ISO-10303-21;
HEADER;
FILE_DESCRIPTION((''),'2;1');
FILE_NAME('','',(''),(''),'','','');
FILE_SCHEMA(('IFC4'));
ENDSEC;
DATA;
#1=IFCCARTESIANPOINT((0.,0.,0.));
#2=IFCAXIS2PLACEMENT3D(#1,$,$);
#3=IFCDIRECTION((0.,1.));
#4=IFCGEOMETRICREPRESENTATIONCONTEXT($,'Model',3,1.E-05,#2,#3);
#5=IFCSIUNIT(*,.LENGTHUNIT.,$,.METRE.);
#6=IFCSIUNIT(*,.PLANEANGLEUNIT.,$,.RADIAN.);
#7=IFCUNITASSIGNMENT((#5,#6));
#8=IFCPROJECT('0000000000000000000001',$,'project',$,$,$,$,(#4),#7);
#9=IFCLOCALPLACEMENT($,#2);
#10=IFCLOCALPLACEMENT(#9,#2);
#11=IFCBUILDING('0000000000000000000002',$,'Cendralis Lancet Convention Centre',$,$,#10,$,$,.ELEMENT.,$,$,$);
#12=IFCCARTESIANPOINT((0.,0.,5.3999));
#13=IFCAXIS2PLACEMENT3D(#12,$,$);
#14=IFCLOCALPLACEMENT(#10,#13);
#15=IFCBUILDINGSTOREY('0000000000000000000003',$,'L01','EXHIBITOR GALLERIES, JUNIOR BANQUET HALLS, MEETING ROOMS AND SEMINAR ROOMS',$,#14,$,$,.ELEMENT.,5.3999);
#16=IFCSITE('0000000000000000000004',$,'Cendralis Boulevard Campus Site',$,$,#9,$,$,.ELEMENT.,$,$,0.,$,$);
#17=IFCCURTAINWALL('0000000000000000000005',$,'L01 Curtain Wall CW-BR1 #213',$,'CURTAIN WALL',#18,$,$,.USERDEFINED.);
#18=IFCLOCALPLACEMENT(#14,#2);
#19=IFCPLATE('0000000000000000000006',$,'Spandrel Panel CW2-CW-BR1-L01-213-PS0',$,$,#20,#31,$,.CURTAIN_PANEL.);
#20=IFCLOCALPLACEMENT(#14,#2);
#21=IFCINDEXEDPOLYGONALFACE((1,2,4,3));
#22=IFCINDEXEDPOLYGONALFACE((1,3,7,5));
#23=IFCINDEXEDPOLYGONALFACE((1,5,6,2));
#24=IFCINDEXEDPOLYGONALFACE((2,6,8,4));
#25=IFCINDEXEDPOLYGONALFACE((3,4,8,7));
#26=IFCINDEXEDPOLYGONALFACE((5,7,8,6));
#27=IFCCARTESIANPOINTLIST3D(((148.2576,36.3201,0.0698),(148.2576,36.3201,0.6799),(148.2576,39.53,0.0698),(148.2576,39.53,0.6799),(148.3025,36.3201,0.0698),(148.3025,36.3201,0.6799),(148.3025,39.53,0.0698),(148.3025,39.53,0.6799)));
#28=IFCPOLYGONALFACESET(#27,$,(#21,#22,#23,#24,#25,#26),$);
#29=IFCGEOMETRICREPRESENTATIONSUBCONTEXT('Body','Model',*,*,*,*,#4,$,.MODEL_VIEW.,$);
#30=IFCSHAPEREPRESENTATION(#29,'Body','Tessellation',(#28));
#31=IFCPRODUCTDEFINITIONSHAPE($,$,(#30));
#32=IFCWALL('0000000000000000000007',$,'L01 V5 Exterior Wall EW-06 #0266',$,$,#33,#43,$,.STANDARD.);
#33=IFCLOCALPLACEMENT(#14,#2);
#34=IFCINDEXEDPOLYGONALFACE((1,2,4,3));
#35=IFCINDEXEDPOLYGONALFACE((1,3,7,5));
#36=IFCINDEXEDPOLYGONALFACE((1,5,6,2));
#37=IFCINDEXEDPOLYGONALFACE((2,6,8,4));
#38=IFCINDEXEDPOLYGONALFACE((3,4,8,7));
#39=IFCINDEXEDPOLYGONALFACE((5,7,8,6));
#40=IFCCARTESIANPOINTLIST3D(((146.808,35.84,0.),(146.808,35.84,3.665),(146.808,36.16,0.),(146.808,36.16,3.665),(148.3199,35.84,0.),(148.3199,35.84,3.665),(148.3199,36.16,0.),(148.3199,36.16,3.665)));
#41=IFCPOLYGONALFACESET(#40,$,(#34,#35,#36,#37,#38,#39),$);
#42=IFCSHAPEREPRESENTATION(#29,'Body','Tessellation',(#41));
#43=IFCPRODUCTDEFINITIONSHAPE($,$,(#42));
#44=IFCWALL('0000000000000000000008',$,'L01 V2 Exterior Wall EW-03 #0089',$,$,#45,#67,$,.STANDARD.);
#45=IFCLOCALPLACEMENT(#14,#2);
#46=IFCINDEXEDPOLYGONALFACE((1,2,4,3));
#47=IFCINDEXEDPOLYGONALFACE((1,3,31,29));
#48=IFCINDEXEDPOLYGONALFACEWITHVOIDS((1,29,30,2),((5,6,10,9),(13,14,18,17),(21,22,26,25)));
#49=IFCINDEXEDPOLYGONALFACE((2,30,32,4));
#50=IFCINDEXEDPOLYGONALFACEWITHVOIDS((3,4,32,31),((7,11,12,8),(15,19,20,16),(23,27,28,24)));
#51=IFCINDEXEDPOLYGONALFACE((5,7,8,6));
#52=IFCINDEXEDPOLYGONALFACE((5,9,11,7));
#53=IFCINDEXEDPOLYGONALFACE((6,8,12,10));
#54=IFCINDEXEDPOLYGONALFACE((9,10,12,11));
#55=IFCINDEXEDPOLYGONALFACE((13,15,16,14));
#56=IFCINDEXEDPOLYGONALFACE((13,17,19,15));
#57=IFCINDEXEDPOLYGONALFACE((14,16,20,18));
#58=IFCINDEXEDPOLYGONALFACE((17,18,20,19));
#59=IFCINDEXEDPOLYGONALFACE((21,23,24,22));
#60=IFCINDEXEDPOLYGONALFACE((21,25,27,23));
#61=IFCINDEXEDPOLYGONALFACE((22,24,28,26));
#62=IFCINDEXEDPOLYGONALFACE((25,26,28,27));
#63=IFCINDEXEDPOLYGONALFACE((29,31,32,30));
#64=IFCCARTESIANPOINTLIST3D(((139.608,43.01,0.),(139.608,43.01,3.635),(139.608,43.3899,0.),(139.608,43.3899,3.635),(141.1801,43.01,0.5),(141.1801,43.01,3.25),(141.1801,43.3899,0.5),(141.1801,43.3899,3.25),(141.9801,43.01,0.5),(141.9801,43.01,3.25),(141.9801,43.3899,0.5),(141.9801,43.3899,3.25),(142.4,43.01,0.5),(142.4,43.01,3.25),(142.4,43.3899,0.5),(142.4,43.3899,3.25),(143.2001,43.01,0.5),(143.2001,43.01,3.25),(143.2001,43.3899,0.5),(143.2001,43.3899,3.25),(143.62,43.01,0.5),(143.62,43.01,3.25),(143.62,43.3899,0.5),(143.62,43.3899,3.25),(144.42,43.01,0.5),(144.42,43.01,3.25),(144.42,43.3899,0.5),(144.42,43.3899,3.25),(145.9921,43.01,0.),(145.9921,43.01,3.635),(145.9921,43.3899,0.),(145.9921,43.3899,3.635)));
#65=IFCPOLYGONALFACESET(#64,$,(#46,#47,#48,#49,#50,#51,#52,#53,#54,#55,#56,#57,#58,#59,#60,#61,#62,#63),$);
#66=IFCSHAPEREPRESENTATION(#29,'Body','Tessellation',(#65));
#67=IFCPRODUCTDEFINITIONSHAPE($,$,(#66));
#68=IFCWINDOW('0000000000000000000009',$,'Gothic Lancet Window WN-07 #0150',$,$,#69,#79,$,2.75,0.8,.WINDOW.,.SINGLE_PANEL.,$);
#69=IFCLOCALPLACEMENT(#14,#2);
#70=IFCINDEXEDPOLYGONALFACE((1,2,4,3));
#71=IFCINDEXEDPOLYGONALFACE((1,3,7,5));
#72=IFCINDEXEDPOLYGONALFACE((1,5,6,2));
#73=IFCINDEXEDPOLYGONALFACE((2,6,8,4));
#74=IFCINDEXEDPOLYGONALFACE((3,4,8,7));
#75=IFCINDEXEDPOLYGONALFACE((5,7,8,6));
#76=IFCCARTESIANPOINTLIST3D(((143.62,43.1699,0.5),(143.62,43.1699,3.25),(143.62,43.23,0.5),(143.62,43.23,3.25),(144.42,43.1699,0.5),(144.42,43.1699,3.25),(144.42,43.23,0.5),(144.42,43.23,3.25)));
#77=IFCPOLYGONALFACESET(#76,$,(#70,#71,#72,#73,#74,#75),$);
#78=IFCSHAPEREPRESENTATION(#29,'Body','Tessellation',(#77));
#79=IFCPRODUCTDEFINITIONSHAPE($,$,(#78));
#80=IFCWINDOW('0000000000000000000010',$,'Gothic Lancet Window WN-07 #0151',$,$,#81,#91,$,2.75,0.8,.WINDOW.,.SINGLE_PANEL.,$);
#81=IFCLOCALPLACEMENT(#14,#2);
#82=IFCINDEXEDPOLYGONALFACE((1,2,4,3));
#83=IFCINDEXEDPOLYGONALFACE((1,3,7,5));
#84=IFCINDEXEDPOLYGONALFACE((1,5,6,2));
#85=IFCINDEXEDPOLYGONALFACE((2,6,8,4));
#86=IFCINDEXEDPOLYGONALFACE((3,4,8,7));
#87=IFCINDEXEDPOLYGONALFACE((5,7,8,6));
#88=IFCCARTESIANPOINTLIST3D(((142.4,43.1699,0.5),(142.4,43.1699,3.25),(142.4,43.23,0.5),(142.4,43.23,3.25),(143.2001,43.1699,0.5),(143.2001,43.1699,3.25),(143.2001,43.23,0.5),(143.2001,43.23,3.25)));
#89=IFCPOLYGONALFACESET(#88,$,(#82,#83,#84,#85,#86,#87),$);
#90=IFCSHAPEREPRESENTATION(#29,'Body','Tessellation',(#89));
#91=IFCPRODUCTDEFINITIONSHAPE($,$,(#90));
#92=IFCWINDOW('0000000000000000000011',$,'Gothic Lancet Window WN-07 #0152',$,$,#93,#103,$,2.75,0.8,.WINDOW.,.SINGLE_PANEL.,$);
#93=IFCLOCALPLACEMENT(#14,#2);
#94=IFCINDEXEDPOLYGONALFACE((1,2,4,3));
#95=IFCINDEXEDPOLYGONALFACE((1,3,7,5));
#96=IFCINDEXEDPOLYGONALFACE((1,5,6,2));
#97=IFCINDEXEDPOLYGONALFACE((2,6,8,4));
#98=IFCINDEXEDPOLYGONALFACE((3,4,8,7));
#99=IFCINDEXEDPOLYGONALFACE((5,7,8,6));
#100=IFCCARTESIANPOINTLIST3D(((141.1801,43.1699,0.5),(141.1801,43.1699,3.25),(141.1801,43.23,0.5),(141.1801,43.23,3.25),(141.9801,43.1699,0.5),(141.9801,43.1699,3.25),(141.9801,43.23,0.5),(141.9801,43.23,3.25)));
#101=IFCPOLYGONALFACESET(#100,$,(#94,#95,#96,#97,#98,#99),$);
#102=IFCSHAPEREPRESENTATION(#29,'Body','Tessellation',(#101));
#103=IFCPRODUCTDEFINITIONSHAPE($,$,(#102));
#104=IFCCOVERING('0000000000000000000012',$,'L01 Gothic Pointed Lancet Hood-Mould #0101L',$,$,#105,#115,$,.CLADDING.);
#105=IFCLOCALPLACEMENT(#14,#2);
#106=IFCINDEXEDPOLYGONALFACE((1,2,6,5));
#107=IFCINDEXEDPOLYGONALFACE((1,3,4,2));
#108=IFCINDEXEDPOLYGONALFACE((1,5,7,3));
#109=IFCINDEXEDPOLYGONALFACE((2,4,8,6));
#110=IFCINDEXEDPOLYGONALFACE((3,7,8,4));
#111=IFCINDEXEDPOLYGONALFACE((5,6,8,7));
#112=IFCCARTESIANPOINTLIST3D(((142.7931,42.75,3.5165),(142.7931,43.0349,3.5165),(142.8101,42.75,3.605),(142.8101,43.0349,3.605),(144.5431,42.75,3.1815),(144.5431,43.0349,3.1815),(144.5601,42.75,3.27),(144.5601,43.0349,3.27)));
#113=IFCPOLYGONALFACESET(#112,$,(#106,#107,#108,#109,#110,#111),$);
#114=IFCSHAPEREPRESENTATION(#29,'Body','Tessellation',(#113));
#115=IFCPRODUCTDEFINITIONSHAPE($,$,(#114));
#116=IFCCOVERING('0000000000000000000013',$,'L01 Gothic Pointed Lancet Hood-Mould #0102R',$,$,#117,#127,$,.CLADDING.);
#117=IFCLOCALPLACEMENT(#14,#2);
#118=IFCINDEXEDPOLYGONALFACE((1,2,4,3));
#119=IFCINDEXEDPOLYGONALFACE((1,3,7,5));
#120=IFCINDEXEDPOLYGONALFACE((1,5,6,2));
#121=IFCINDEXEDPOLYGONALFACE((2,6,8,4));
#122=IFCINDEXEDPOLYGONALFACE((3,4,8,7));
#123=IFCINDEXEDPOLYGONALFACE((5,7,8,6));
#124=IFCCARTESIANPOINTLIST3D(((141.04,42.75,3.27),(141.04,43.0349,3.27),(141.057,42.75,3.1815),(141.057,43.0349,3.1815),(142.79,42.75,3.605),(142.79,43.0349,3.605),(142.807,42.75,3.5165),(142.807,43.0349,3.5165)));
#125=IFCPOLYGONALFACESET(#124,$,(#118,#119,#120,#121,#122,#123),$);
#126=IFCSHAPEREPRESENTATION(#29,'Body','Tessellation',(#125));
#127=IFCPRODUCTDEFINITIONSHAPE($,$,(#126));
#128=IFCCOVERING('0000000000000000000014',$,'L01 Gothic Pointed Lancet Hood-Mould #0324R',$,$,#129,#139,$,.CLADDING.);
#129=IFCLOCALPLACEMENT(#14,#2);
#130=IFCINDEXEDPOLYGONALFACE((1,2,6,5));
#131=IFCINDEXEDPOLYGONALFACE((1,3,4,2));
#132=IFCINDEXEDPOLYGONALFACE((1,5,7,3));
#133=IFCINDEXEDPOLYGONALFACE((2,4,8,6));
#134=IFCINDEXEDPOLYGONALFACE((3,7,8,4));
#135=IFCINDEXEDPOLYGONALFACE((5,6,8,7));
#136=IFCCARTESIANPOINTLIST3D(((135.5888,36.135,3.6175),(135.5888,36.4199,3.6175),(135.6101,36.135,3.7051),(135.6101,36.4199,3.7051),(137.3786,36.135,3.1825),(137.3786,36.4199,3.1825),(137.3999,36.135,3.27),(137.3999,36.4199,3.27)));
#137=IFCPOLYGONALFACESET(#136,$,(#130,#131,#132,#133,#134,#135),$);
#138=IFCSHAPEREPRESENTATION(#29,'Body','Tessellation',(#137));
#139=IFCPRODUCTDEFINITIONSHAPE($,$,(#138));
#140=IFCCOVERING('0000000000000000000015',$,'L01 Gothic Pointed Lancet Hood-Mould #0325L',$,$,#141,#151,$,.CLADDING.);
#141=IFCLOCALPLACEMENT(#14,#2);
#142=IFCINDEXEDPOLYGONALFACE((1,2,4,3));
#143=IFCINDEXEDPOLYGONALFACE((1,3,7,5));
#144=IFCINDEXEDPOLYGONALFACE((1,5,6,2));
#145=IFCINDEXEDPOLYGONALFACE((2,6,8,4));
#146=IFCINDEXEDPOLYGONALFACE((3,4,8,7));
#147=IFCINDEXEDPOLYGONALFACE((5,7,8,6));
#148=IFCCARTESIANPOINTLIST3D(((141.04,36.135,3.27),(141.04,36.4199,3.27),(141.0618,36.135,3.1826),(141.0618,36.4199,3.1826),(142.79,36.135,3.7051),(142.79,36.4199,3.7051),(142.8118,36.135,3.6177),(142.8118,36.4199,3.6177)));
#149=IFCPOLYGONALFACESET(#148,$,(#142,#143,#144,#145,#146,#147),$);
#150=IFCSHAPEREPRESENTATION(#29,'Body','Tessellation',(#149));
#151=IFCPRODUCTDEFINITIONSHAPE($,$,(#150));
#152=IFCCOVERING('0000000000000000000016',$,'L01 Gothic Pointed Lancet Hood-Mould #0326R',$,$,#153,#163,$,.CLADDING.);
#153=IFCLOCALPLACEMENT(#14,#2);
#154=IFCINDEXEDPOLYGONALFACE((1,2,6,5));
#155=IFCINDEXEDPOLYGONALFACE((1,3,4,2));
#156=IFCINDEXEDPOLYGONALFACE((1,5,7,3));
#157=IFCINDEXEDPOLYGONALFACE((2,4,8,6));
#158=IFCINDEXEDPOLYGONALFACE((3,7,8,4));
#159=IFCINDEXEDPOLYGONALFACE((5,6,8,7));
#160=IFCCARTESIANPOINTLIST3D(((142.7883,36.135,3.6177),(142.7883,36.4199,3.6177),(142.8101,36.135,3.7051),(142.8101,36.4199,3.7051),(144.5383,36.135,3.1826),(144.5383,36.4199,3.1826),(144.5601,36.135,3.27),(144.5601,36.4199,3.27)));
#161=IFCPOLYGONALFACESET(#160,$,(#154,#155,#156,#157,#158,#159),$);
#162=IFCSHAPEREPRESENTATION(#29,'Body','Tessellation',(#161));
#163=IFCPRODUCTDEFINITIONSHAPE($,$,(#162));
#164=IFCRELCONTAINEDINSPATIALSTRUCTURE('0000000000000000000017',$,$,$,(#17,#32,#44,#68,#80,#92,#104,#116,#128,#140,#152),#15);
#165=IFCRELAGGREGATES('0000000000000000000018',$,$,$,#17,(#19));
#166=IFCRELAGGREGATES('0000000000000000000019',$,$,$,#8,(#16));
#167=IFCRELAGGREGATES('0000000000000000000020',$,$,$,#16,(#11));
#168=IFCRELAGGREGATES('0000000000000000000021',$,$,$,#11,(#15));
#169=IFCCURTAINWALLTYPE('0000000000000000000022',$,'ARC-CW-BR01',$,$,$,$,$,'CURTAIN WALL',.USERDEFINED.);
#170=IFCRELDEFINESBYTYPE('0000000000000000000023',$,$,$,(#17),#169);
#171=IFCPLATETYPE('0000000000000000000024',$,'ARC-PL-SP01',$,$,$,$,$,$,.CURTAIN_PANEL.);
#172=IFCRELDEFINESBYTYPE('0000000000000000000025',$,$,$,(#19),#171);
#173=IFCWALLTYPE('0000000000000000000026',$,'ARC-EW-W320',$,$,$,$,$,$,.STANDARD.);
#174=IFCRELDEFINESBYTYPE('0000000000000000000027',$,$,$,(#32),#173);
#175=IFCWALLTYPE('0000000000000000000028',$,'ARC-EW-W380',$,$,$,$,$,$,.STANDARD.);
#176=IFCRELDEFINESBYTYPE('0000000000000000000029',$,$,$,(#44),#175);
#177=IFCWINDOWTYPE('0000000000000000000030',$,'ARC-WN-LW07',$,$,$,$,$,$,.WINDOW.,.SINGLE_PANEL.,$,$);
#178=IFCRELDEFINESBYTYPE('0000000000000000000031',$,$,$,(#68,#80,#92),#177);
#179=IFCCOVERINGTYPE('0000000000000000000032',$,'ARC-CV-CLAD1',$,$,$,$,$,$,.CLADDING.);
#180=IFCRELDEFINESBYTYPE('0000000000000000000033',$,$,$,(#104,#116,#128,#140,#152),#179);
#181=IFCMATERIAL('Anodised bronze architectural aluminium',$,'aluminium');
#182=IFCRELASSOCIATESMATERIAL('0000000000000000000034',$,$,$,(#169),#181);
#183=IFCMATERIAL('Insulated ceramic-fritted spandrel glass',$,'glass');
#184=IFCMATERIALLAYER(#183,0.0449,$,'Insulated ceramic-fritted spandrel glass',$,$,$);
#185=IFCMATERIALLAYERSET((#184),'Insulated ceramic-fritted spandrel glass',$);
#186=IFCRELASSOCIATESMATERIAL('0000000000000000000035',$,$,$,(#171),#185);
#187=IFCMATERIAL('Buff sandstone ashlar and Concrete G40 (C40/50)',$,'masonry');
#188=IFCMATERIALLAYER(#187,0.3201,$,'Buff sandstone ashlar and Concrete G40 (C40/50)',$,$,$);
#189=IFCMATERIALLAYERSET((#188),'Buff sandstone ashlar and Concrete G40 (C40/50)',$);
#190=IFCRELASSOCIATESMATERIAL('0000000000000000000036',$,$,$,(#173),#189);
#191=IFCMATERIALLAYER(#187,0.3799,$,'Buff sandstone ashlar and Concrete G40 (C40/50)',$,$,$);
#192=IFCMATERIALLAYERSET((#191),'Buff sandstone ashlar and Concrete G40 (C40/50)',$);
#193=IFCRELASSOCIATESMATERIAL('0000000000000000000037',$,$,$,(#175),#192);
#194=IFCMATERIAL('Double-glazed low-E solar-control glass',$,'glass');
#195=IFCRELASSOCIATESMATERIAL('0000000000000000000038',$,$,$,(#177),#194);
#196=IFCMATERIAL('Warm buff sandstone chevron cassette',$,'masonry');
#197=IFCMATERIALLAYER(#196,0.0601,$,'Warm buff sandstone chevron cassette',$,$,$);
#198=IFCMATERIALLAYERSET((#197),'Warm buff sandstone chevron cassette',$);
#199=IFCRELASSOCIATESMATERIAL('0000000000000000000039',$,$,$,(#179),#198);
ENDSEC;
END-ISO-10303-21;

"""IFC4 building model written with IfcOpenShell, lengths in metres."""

from ifc_helpers import new_model, si_unit, direction, frame, frame_2d, origin, origin_2d, place, context, subcontext, project, spatial, polyline, rectangle, outline, extrude, material, layer, layer_set, type_object, element, fill, aggregate, save


model = new_model("IFC4")

# Units and contexts
model_context = context("Model", 3, precision=1e-05, world=origin(), true_north=direction((0.0, 1.0)))
body_context = subcontext(model_context, "Body", "Model", "MODEL_VIEW")
ifc_project = project(units=[si_unit("LENGTHUNIT", "METRE"), si_unit("PLANEANGLEUNIT", "RADIAN")], contexts=[model_context])

# Site, building, storey
site_placement = place(None, origin())
site = spatial("IfcSite", under=ifc_project, at=site_placement, Name="Cendralis Boulevard Campus Site", CompositionType="ELEMENT", RefElevation=0.0)
building_placement = place(site_placement, origin())
building = spatial("IfcBuilding", under=site, at=building_placement, Name="Cendralis Lancet Convention Centre", CompositionType="ELEMENT")
storey_placement = place(building_placement, frame((0.0, 0.0, 5.3999)))
storey = spatial("IfcBuildingStorey", under=building, at=storey_placement, Name="L01", Description="EXHIBITOR GALLERIES, JUNIOR BANQUET HALLS, MEETING ROOMS AND SEMINAR ROOMS", CompositionType="ELEMENT", Elevation=5.3999)

# Curtain wall
ifc_material_1 = material(Name="Anodised bronze architectural aluminium", Category="aluminium")
curtain_wall_type = type_object("IfcCurtainWallType", Name="ARC-CW-BR01", ElementType="CURTAIN WALL", PredefinedType="USERDEFINED", material=ifc_material_1)
curtain_wall_placement = place(storey_placement, origin())
curtain_wall = element("IfcCurtainWall", 1, at=curtain_wall_placement, inside=storey, type_object=curtain_wall_type, Name="L01 Curtain Wall CW-BR1 #213", ObjectType="CURTAIN WALL", PredefinedType="USERDEFINED")

# Plate
ifc_material_2 = material(Name="Insulated ceramic-fritted spandrel glass", Category="glass")
ifc_layer_1 = layer(ifc_material_2, 0.0449, Name="Insulated ceramic-fritted spandrel glass")
ifc_layer_set_1 = layer_set([ifc_layer_1], Name="Insulated ceramic-fritted spandrel glass")
plate_type = type_object("IfcPlateType", Name="ARC-PL-SP01", PredefinedType="CURTAIN_PANEL", material=ifc_layer_set_1)
plate_placement = place(storey_placement, frame((148.28, 37.925, 0.0698), z_axis=(0.0, 0.0, 1.0), x_axis=(0.0, 1.0, 0.0)))
plate = element("IfcPlate", 2, at=plate_placement, type_object=plate_type, Name="Spandrel Panel CW2-CW-BR1-L01-213-PS0", PredefinedType="CURTAIN_PANEL", context=body_context, shape_type="SweptSolid", body=[
    extrude(rectangle(XDim=3.21, YDim=0.0449, at=origin_2d()), origin(), (0.0, 0.0, 1.0), 0.6101),
])
aggregate(curtain_wall, [plate])

# Wall
ifc_material_3 = material(Name="Buff sandstone ashlar and Concrete G40 (C40/50)", Category="masonry")
ifc_layer_2 = layer(ifc_material_3, 0.3201, Name="Buff sandstone ashlar and Concrete G40 (C40/50)")
ifc_layer_set_2 = layer_set([ifc_layer_2], Name="Buff sandstone ashlar and Concrete G40 (C40/50)")
wall_type_1 = type_object("IfcWallType", Name="ARC-EW-W320", PredefinedType="STANDARD", material=ifc_layer_set_2)
wall_1_placement = place(storey_placement, frame((146.8081, 36.0, 0.0), z_axis=(0.0, 0.0, 1.0), x_axis=(1.0, 0.0, 0.0)))
element("IfcWall", 3, at=wall_1_placement, inside=storey, type_object=wall_type_1, Name="L01 V5 Exterior Wall EW-06 #0266", PredefinedType="STANDARD", context=body_context, shape_type="SweptSolid", body=[
    extrude(rectangle(XDim=1.512, YDim=0.3201, at=frame_2d((0.7559, 0.0))), origin(), (0.0, 0.0, 1.0), 3.665),
])

# Wall, openings, windows
ifc_layer_3 = layer(ifc_material_3, 0.3799, Name="Buff sandstone ashlar and Concrete G40 (C40/50)")
ifc_layer_set_3 = layer_set([ifc_layer_3], Name="Buff sandstone ashlar and Concrete G40 (C40/50)")
wall_type_2 = type_object("IfcWallType", Name="ARC-EW-W380", PredefinedType="STANDARD", material=ifc_layer_set_3)
wall_2_placement = place(storey_placement, frame((145.9919, 43.2, 0.0), z_axis=(0.0, 0.0, 1.0), x_axis=(-1.0, 0.0, 0.0)))
wall_2 = element("IfcWall", 4, at=wall_2_placement, inside=storey, type_object=wall_type_2, Name="L01 V2 Exterior Wall EW-03 #0089", PredefinedType="STANDARD", context=body_context, shape_type="SweptSolid", body=[
    extrude(rectangle(XDim=6.384, YDim=0.3799, at=frame_2d((3.1919, 0.0))), origin(), (0.0, 0.0, 1.0), 3.635),
])
opening_1_placement = place(wall_2_placement, frame((1.572, 0.0, 0.5)))
opening_1 = element("IfcOpeningElement", 5, at=opening_1_placement, cuts=wall_2, PredefinedType="OPENING", context=body_context, shape_type="SweptSolid", body=[
    extrude(rectangle(XDim=0.8, YDim=2.75, at=frame_2d((0.3999, 1.375))), frame((0.0, 0.2, 0.0), z_axis=(0.0, -1.0, 0.0), x_axis=(1.0, 0.0, 0.0)), (0.0, 0.0, 1.0), 0.3999),
])
opening_2_placement = place(wall_2_placement, frame((2.792, 0.0, 0.5)))
opening_2 = element("IfcOpeningElement", 6, at=opening_2_placement, cuts=wall_2, PredefinedType="OPENING", context=body_context, shape_type="SweptSolid", body=[
    extrude(rectangle(XDim=0.8, YDim=2.75, at=frame_2d((0.3999, 1.375))), frame((0.0, 0.2, 0.0), z_axis=(0.0, -1.0, 0.0), x_axis=(1.0, 0.0, 0.0)), (0.0, 0.0, 1.0), 0.3999),
])
opening_3_placement = place(wall_2_placement, frame((4.012, 0.0, 0.5)))
opening_3 = element("IfcOpeningElement", 7, at=opening_3_placement, cuts=wall_2, PredefinedType="OPENING", context=body_context, shape_type="SweptSolid", body=[
    extrude(rectangle(XDim=0.8, YDim=2.75, at=frame_2d((0.3999, 1.375))), frame((0.0, 0.2, 0.0), z_axis=(0.0, -1.0, 0.0), x_axis=(1.0, 0.0, 0.0)), (0.0, 0.0, 1.0), 0.3999),
])
ifc_material_4 = material(Name="Double-glazed low-E solar-control glass", Category="glass")
window_type = type_object("IfcWindowType", Name="ARC-WN-LW07", PartitioningType="SINGLE_PANEL", PredefinedType="WINDOW", material=ifc_material_4)
window_1_placement = place(opening_1_placement, origin())
window_1 = element("IfcWindow", 8, at=window_1_placement, inside=storey, type_object=window_type, Name="Gothic Lancet Window WN-07 #0150", OverallHeight=2.75, OverallWidth=0.8, PartitioningType="SINGLE_PANEL", PredefinedType="WINDOW", context=body_context, shape_type="SweptSolid", body=[
    extrude(rectangle(XDim=0.8, YDim=2.75, at=frame_2d((0.3999, 1.375))), frame((0.0, 0.03, 0.0), z_axis=(0.0, -1.0, 0.0), x_axis=(1.0, 0.0, 0.0)), (0.0, 0.0, 1.0), 0.0601),
])
fill(opening_1, window_1)
window_2_placement = place(opening_2_placement, origin())
window_2 = element("IfcWindow", 9, at=window_2_placement, inside=storey, type_object=window_type, Name="Gothic Lancet Window WN-07 #0151", OverallHeight=2.75, OverallWidth=0.8, PartitioningType="SINGLE_PANEL", PredefinedType="WINDOW", context=body_context, shape_type="SweptSolid", body=[
    extrude(rectangle(XDim=0.8, YDim=2.75, at=frame_2d((0.3999, 1.375))), frame((0.0, 0.03, 0.0), z_axis=(0.0, -1.0, 0.0), x_axis=(1.0, 0.0, 0.0)), (0.0, 0.0, 1.0), 0.0601),
])
fill(opening_2, window_2)
window_3_placement = place(opening_3_placement, origin())
window_3 = element("IfcWindow", 10, at=window_3_placement, inside=storey, type_object=window_type, Name="Gothic Lancet Window WN-07 #0152", OverallHeight=2.75, OverallWidth=0.8, PartitioningType="SINGLE_PANEL", PredefinedType="WINDOW", context=body_context, shape_type="SweptSolid", body=[
    extrude(rectangle(XDim=0.8, YDim=2.75, at=frame_2d((0.3999, 1.375))), frame((0.0, 0.03, 0.0), z_axis=(0.0, -1.0, 0.0), x_axis=(1.0, 0.0, 0.0)), (0.0, 0.0, 1.0), 0.0601),
])
fill(opening_3, window_3)

# Coverings
ifc_material_5 = material(Name="Warm buff sandstone chevron cassette", Category="masonry")
ifc_layer_4 = layer(ifc_material_5, 0.0601, Name="Warm buff sandstone chevron cassette")
ifc_layer_set_4 = layer_set([ifc_layer_4], Name="Warm buff sandstone chevron cassette")
covering_type = type_object("IfcCoveringType", Name="ARC-CV-CLAD1", PredefinedType="CLADDING", material=ifc_layer_set_4)
for number, where, z_axis, x_axis, name in (
    (11, (144.5601, 42.75, 3.27), (0.187994, 0.0, 0.98217), (0.0, 1.0, 0.0), "L01 Gothic Pointed Lancet Hood-Mould #0101L"),
    (12, (142.79, 42.75, 3.605), (-0.187994, 0.0, 0.98217), (0.0, 1.0, 0.0), "L01 Gothic Pointed Lancet Hood-Mould #0102R"),
):
    element("IfcCovering", number, at=place(storey_placement, frame(where, z_axis=z_axis, x_axis=x_axis)), inside=storey, type_object=covering_type, Name=name, PredefinedType="CLADDING", context=body_context, shape_type="SweptSolid", body=[
        extrude(outline(polyline([(0.0, 0.0), (0.2849, 0.0), (0.2849, 1.7818), (0.0, 1.7818), (0.0, 0.0)])), origin(), (0.0, 0.0, -1.0), 0.0901),
    ])
covering_placement = place(storey_placement, frame((135.6101, 36.4199, 3.7051), z_axis=(0.236199, 0.0, 0.971705), x_axis=(0.0, -1.0, 0.0)))
element("IfcCovering", 13, at=covering_placement, inside=storey, type_object=covering_type, Name="L01 Gothic Pointed Lancet Hood-Mould #0324R", PredefinedType="CLADDING", context=body_context, shape_type="SweptSolid", body=[
    extrude(outline(polyline([(0.0, 0.0), (0.2849, 0.0), (0.2849, 1.8419), (0.0, 1.8419), (0.0, 0.0)])), origin(), (0.0, 0.0, -1.0), 0.0901),
])
for number, where, z_axis, x_axis, name in (
    (14, (141.04, 36.4199, 3.27), (-0.241261, 0.0, 0.97046), (0.0, -1.0, 0.0), "L01 Gothic Pointed Lancet Hood-Mould #0325L"),
    (15, (142.8101, 36.4199, 3.7051), (0.241261, 0.0, 0.97046), (0.0, -1.0, 0.0), "L01 Gothic Pointed Lancet Hood-Mould #0326R"),
):
    element("IfcCovering", number, at=place(storey_placement, frame(where, z_axis=z_axis, x_axis=x_axis)), inside=storey, type_object=covering_type, Name=name, PredefinedType="CLADDING", context=body_context, shape_type="SweptSolid", body=[
        extrude(outline(polyline([(0.0, 0.0), (0.2849, 0.0), (0.2849, 1.8033), (0.0, 1.8033), (0.0, 0.0)])), origin(), (0.0, 0.0, -1.0), 0.0901),
    ])

save(model, "model.ifc")
